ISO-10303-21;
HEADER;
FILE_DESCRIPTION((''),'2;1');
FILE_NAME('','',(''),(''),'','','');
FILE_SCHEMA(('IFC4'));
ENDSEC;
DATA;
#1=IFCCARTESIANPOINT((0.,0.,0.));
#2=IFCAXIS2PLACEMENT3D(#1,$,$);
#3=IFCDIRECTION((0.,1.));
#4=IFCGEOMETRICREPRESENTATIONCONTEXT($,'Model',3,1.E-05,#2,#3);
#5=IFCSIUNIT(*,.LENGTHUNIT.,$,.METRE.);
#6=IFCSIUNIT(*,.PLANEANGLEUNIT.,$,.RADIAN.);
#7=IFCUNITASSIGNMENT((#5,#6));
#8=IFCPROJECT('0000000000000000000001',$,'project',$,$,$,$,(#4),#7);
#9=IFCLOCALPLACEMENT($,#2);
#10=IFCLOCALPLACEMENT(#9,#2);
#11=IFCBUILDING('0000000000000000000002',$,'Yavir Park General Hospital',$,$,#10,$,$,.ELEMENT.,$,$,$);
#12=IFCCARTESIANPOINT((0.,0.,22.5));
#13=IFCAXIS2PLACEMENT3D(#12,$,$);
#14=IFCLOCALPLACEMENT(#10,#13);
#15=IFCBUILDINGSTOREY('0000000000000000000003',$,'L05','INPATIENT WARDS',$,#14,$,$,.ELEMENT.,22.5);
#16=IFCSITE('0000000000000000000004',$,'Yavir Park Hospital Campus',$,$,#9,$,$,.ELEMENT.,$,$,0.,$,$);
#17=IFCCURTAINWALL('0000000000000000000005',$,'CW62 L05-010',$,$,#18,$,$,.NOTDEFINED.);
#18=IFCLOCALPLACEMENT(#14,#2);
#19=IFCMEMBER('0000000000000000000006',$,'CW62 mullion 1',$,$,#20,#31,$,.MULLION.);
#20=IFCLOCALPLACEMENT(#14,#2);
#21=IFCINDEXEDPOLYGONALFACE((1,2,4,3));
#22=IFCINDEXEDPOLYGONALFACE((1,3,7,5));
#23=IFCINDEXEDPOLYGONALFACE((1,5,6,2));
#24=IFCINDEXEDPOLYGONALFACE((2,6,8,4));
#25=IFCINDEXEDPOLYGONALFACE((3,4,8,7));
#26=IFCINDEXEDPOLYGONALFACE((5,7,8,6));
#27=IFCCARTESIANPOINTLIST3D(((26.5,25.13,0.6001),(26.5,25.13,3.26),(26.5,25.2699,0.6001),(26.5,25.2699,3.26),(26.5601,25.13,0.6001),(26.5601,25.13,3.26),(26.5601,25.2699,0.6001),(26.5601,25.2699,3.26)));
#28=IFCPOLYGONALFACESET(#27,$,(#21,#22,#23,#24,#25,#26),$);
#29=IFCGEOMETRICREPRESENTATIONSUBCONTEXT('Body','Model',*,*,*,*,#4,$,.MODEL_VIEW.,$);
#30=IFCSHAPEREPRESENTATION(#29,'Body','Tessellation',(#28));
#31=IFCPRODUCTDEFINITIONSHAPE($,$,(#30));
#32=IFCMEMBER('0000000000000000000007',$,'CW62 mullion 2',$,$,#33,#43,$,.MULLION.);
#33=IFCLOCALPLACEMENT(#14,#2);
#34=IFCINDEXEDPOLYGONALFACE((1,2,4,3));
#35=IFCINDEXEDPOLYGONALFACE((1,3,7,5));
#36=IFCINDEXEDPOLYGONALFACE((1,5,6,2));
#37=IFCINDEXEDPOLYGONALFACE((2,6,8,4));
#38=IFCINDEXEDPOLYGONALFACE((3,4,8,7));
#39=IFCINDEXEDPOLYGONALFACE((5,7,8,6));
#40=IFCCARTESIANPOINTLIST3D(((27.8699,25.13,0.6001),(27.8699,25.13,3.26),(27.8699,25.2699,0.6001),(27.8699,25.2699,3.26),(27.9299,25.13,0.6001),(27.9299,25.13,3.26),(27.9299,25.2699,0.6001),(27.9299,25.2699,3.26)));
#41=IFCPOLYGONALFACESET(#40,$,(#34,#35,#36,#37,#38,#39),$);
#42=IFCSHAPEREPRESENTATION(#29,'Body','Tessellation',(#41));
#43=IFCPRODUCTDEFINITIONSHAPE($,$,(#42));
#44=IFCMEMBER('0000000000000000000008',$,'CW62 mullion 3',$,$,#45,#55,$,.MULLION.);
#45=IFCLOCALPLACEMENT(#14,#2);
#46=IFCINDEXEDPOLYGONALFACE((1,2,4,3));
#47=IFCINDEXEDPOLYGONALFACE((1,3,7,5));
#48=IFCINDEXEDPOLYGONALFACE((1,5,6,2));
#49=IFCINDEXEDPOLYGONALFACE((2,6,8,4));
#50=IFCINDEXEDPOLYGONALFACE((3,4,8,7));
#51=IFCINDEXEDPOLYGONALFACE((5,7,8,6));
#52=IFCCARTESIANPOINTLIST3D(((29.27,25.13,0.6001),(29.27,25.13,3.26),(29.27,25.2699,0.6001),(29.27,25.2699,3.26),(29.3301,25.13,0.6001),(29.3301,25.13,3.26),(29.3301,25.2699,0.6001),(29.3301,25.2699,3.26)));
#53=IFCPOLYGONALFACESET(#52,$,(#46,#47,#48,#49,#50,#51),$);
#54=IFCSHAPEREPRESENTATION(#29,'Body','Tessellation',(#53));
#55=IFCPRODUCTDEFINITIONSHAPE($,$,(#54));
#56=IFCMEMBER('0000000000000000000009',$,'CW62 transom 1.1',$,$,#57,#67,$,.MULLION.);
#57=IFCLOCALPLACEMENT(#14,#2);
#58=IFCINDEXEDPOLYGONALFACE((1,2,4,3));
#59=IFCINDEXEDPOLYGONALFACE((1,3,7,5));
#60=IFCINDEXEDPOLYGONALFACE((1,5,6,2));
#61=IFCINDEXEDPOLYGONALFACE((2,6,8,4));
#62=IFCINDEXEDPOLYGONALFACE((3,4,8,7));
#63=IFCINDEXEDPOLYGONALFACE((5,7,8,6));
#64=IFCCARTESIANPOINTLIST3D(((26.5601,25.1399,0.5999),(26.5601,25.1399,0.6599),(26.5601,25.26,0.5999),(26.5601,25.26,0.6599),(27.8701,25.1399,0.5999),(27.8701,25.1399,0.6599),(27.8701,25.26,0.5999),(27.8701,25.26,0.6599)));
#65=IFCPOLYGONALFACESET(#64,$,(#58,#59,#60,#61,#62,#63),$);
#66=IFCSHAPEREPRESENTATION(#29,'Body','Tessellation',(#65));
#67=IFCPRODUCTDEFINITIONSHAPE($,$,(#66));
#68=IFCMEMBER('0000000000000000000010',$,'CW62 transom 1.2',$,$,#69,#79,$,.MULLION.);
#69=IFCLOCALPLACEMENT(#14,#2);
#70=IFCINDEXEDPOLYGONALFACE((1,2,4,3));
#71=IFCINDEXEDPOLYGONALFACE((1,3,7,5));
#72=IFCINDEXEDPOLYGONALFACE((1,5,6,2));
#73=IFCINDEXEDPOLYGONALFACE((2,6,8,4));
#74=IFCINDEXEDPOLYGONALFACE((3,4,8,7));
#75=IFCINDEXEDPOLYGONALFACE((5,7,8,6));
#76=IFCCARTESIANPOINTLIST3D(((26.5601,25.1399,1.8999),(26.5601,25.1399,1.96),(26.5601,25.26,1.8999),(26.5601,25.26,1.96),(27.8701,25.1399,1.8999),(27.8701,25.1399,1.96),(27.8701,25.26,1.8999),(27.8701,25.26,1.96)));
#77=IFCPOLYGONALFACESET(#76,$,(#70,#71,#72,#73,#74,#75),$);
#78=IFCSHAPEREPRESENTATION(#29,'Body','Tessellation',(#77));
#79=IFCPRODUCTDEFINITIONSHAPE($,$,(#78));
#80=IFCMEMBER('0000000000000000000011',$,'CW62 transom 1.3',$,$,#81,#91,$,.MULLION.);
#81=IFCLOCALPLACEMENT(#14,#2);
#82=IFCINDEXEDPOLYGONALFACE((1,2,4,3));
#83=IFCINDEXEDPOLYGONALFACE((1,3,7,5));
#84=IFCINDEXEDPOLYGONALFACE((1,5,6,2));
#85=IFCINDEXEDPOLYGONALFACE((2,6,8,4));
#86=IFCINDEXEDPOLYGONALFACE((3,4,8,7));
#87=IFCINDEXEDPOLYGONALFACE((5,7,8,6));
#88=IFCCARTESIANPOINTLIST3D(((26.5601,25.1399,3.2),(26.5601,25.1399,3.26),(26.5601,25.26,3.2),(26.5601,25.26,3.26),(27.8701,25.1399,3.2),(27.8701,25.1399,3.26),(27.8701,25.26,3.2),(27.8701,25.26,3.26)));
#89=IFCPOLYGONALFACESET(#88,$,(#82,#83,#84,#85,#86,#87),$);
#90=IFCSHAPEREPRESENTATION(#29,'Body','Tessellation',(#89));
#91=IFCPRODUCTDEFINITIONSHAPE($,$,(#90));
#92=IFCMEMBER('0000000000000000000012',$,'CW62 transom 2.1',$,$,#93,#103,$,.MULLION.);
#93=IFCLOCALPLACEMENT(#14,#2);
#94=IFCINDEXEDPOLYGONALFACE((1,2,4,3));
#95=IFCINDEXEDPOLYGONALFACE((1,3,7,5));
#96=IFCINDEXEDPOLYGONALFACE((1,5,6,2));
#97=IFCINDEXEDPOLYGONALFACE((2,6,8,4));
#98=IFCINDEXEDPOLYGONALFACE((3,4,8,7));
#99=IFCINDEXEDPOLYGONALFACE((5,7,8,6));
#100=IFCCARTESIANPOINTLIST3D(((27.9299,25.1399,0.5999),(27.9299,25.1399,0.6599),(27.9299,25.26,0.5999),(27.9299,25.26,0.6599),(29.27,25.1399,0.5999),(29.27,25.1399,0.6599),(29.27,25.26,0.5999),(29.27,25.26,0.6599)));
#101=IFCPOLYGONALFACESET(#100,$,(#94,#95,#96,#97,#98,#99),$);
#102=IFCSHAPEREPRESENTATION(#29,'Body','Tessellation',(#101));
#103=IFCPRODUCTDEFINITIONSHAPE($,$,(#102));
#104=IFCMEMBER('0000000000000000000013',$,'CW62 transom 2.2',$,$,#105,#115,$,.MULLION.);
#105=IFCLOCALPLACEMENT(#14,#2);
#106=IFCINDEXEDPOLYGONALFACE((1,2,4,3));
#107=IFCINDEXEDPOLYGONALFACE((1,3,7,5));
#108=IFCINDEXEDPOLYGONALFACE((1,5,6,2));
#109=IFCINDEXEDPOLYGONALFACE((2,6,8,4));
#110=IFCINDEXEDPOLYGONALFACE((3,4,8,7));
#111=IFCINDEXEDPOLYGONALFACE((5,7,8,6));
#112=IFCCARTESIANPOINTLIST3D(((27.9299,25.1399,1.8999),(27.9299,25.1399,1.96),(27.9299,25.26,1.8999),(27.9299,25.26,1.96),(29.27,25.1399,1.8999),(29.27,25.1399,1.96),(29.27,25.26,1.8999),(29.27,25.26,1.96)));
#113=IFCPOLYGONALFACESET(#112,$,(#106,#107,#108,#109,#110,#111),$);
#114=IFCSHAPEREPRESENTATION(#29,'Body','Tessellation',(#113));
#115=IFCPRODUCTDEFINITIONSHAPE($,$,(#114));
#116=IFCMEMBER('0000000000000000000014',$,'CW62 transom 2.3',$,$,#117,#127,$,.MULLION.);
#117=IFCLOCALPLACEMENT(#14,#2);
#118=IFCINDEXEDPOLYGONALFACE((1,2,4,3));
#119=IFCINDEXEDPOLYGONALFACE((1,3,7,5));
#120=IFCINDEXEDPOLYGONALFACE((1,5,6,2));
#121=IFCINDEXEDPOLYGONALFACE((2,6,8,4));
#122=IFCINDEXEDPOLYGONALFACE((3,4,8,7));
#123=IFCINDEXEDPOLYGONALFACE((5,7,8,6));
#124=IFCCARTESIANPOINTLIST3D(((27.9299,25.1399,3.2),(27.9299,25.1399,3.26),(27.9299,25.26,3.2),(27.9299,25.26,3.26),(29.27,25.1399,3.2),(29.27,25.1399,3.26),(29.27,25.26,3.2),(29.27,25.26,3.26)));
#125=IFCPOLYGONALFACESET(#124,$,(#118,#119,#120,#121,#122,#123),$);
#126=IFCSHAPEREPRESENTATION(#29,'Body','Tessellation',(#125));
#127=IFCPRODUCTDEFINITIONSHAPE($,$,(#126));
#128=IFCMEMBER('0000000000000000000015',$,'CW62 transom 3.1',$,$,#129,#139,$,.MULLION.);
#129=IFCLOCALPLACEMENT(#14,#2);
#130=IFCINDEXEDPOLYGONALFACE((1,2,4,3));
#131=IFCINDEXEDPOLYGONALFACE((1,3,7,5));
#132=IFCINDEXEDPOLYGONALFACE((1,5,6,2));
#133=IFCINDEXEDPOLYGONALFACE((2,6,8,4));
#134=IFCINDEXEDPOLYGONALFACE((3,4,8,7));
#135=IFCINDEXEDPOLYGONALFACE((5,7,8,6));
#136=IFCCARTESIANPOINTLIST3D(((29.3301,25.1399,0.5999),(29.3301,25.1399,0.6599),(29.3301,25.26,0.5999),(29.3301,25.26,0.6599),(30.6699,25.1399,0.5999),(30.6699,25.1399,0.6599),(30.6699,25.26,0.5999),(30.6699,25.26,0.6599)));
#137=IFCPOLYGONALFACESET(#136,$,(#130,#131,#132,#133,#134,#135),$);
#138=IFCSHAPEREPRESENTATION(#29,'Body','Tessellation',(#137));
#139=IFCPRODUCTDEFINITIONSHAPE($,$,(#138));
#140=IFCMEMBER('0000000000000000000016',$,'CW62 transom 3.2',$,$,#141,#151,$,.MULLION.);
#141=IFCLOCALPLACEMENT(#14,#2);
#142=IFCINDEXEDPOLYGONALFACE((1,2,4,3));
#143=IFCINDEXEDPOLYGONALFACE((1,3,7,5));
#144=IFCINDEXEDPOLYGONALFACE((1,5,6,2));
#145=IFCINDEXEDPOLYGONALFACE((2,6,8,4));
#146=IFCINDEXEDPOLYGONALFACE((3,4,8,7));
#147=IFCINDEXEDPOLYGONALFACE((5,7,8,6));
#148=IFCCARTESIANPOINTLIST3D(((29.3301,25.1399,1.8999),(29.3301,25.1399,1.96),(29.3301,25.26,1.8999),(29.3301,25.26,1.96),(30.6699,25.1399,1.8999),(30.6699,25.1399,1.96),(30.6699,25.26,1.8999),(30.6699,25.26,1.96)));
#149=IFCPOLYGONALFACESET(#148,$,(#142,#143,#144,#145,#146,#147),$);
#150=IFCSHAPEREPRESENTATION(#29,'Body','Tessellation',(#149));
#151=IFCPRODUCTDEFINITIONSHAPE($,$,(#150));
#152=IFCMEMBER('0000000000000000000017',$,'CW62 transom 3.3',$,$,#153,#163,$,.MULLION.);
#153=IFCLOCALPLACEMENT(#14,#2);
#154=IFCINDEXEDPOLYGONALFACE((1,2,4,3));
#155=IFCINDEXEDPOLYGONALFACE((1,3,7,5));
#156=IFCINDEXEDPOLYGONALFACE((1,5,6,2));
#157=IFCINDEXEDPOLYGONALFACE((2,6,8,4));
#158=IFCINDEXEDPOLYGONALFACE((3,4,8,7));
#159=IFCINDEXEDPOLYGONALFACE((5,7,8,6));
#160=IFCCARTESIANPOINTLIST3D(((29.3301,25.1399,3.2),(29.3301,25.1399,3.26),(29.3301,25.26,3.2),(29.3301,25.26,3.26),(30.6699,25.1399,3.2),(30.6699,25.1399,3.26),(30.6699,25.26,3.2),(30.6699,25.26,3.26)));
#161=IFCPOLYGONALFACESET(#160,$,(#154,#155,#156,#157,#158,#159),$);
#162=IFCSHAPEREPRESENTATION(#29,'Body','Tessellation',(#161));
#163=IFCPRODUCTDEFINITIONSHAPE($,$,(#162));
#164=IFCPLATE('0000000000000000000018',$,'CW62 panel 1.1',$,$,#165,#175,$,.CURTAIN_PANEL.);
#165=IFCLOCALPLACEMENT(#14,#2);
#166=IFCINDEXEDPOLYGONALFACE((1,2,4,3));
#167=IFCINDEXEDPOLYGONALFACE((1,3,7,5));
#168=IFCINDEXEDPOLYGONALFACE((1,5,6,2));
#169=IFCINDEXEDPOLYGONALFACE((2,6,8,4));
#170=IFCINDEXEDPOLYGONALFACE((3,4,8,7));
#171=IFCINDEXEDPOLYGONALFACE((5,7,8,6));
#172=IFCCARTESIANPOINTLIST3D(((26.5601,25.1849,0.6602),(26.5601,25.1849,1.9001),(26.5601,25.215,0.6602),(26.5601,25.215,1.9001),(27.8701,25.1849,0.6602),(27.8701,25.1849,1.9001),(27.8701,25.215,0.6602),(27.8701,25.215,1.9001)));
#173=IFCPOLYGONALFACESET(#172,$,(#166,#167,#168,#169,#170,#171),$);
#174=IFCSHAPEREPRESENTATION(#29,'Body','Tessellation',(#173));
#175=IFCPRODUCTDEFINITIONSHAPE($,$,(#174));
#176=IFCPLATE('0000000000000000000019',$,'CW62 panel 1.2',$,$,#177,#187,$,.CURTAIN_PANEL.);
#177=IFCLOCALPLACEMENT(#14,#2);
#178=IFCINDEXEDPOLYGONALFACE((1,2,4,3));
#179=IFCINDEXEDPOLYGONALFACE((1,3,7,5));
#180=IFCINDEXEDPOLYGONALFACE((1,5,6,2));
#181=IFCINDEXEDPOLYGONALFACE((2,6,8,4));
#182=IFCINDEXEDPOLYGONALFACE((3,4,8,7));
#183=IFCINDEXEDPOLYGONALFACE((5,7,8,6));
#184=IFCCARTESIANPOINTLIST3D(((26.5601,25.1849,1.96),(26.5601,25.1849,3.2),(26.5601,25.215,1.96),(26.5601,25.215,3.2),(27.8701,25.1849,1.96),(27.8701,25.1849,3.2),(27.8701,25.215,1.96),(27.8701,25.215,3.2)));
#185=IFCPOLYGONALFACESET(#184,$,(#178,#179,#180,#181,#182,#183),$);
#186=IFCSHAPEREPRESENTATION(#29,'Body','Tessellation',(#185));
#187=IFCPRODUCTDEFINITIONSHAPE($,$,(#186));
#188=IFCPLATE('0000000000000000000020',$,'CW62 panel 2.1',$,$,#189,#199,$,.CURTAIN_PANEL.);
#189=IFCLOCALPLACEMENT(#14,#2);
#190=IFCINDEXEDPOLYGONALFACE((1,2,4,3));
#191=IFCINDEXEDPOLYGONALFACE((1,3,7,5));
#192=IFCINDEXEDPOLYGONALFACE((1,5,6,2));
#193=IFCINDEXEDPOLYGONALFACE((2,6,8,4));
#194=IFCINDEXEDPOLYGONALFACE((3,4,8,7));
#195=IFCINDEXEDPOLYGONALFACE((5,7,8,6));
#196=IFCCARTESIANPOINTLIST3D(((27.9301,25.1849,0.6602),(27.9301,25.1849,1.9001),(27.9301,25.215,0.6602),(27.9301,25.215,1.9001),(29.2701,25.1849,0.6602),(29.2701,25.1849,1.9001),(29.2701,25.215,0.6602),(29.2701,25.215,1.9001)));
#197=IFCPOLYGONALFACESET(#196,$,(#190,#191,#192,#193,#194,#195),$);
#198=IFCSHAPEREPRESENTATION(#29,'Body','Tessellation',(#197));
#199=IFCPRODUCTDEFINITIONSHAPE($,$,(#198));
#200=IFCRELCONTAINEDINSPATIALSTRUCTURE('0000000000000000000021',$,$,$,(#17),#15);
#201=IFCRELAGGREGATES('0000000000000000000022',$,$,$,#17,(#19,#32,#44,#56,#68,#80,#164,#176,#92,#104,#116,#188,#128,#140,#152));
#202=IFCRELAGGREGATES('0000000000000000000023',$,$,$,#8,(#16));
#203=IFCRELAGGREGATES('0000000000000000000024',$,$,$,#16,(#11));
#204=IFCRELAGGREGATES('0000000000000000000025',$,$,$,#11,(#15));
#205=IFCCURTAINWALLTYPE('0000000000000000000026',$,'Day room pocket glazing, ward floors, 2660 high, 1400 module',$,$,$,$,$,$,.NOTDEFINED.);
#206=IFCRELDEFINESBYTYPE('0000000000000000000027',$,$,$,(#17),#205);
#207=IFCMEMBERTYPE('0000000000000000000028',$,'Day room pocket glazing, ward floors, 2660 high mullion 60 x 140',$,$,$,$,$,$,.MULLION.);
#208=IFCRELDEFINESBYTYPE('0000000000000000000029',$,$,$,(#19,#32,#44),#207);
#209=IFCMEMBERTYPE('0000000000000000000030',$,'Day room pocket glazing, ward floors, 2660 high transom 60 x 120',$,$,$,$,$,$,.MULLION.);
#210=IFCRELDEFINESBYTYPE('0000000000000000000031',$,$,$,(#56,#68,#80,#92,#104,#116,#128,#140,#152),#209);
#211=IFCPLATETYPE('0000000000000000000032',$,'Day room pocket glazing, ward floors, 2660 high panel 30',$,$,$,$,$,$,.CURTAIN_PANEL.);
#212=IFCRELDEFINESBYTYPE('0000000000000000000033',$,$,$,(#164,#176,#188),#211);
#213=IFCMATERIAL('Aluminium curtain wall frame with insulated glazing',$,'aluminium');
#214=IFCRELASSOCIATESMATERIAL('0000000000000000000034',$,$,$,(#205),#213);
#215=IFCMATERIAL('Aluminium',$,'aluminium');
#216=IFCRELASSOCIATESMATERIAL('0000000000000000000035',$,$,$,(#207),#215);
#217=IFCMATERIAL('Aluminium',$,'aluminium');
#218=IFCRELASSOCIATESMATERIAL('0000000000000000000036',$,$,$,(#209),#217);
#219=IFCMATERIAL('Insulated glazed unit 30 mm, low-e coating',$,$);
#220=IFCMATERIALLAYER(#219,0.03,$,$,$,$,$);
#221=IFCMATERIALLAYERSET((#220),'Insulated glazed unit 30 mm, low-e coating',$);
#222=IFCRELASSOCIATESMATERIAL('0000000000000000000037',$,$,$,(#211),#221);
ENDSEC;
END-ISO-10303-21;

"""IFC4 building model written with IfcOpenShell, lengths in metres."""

from ifc_helpers import new_model, si_unit, direction, frame, origin, origin_2d, place, context, subcontext, project, spatial, rectangle, extrude, material, layer, layer_set, material_profile, profile_set, type_object, element, aggregate, save


model = new_model("IFC4")

# Units and contexts
model_context = context("Model", 3, precision=1e-05, world=origin(), true_north=direction((0.0, 1.0)))
body_context = subcontext(model_context, "Body", "Model", "MODEL_VIEW")
ifc_project = project(units=[si_unit("LENGTHUNIT", "METRE"), si_unit("PLANEANGLEUNIT", "RADIAN")], contexts=[model_context])

# Site, building, storey
site_placement = place(None, origin())
site = spatial("IfcSite", under=ifc_project, at=site_placement, Name="Yavir Park Hospital Campus", CompositionType="ELEMENT", RefElevation=0.0)
building_placement = place(site_placement, origin())
building = spatial("IfcBuilding", under=site, at=building_placement, Name="Yavir Park General Hospital", CompositionType="ELEMENT")
storey_placement = place(building_placement, frame((0.0, 0.0, 22.5)))
storey = spatial("IfcBuildingStorey", under=building, at=storey_placement, Name="L05", Description="INPATIENT WARDS", CompositionType="ELEMENT", Elevation=22.5)

# Curtain wall, members, plates
ifc_material_1 = material(Name="Aluminium curtain wall frame with insulated glazing", Category="aluminium")
curtain_wall_type = type_object("IfcCurtainWallType", Name="Day room pocket glazing, ward floors, 2660 high, 1400 module", PredefinedType="NOTDEFINED", material=ifc_material_1)
curtain_wall_placement = place(storey_placement, origin())
curtain_wall = element("IfcCurtainWall", 1, at=curtain_wall_placement, inside=storey, type_object=curtain_wall_type, Name="CW62 L05-010", PredefinedType="NOTDEFINED")
ifc_material_2 = material(Name="Aluminium", Category="aluminium")
ifc_material_profile_1 = material_profile(ifc_material_2, rectangle(XDim=0.1399, YDim=0.0601, at=origin_2d()), Name="AL 60x140")
ifc_profile_set_1 = profile_set([ifc_material_profile_1], Name="Aluminium")
member_type_1 = type_object("IfcMemberType", Name="Day room pocket glazing, ward floors, 2660 high mullion 60 x 140", PredefinedType="MULLION", material=ifc_profile_set_1)
member_1_placement = place(storey_placement, frame((26.53, 25.2, 0.6001), z_axis=(0.0, 0.0, 1.0), x_axis=(0.0, 1.0, 0.0)))
member_1 = element("IfcMember", 2, at=member_1_placement, type_object=member_type_1, Name="CW62 mullion 1", PredefinedType="MULLION", context=body_context, shape_type="SweptSolid", body=[
    extrude(rectangle(XDim=0.1399, YDim=0.0601, at=origin_2d()), origin(), (0.0, 0.0, 1.0), 2.6599),
])
member_2_placement = place(storey_placement, frame((27.8999, 25.2, 0.6001), z_axis=(0.0, 0.0, 1.0), x_axis=(0.0, 1.0, 0.0)))
member_2 = element("IfcMember", 3, at=member_2_placement, type_object=member_type_1, Name="CW62 mullion 2", PredefinedType="MULLION", context=body_context, shape_type="SweptSolid", body=[
    extrude(rectangle(XDim=0.1399, YDim=0.0601, at=origin_2d()), origin(), (0.0, 0.0, 1.0), 2.6599),
])
member_3_placement = place(storey_placement, frame((29.3, 25.2, 0.6001), z_axis=(0.0, 0.0, 1.0), x_axis=(0.0, 1.0, 0.0)))
member_3 = element("IfcMember", 4, at=member_3_placement, type_object=member_type_1, Name="CW62 mullion 3", PredefinedType="MULLION", context=body_context, shape_type="SweptSolid", body=[
    extrude(rectangle(XDim=0.1399, YDim=0.0601, at=origin_2d()), origin(), (0.0, 0.0, 1.0), 2.6599),
])
ifc_material_3 = material(Name="Aluminium", Category="aluminium")
ifc_material_profile_2 = material_profile(ifc_material_3, rectangle(XDim=0.1201, YDim=0.0601, at=origin_2d()), Name="AL 120x60")
ifc_profile_set_2 = profile_set([ifc_material_profile_2], Name="Aluminium")
member_type_2 = type_object("IfcMemberType", Name="Day room pocket glazing, ward floors, 2660 high transom 60 x 120", PredefinedType="MULLION", material=ifc_profile_set_2)
member_4_placement = place(storey_placement, frame((26.5601, 25.2, 0.6299), z_axis=(1.0, 0.0, 0.0), x_axis=(0.0, 1.0, 0.0)))
member_4 = element("IfcMember", 5, at=member_4_placement, type_object=member_type_2, Name="CW62 transom 1.1", PredefinedType="MULLION", context=body_context, shape_type="SweptSolid", body=[
    extrude(rectangle(XDim=0.1201, YDim=0.0601, at=origin_2d()), origin(), (0.0, 0.0, 1.0), 1.3101),
])
member_5_placement = place(storey_placement, frame((26.5601, 25.2, 1.9299), z_axis=(1.0, 0.0, 0.0), x_axis=(0.0, 1.0, 0.0)))
member_5 = element("IfcMember", 6, at=member_5_placement, type_object=member_type_2, Name="CW62 transom 1.2", PredefinedType="MULLION", context=body_context, shape_type="SweptSolid", body=[
    extrude(rectangle(XDim=0.1201, YDim=0.0601, at=origin_2d()), origin(), (0.0, 0.0, 1.0), 1.3101),
])
member_6_placement = place(storey_placement, frame((26.5601, 25.2, 3.23), z_axis=(1.0, 0.0, 0.0), x_axis=(0.0, 1.0, 0.0)))
member_6 = element("IfcMember", 7, at=member_6_placement, type_object=member_type_2, Name="CW62 transom 1.3", PredefinedType="MULLION", context=body_context, shape_type="SweptSolid", body=[
    extrude(rectangle(XDim=0.1201, YDim=0.0601, at=origin_2d()), origin(), (0.0, 0.0, 1.0), 1.3101),
])
member_7_placement = place(storey_placement, frame((27.9299, 25.2, 0.6299), z_axis=(1.0, 0.0, 0.0), x_axis=(0.0, 1.0, 0.0)))
member_7 = element("IfcMember", 8, at=member_7_placement, type_object=member_type_2, Name="CW62 transom 2.1", PredefinedType="MULLION", context=body_context, shape_type="SweptSolid", body=[
    extrude(rectangle(XDim=0.1201, YDim=0.0601, at=origin_2d()), origin(), (0.0, 0.0, 1.0), 1.3401),
])
member_8_placement = place(storey_placement, frame((27.9299, 25.2, 1.9299), z_axis=(1.0, 0.0, 0.0), x_axis=(0.0, 1.0, 0.0)))
member_8 = element("IfcMember", 9, at=member_8_placement, type_object=member_type_2, Name="CW62 transom 2.2", PredefinedType="MULLION", context=body_context, shape_type="SweptSolid", body=[
    extrude(rectangle(XDim=0.1201, YDim=0.0601, at=origin_2d()), origin(), (0.0, 0.0, 1.0), 1.3401),
])
member_9_placement = place(storey_placement, frame((27.9299, 25.2, 3.23), z_axis=(1.0, 0.0, 0.0), x_axis=(0.0, 1.0, 0.0)))
member_9 = element("IfcMember", 10, at=member_9_placement, type_object=member_type_2, Name="CW62 transom 2.3", PredefinedType="MULLION", context=body_context, shape_type="SweptSolid", body=[
    extrude(rectangle(XDim=0.1201, YDim=0.0601, at=origin_2d()), origin(), (0.0, 0.0, 1.0), 1.3401),
])
member_10_placement = place(storey_placement, frame((29.3301, 25.2, 0.6299), z_axis=(1.0, 0.0, 0.0), x_axis=(0.0, 1.0, 0.0)))
member_10 = element("IfcMember", 11, at=member_10_placement, type_object=member_type_2, Name="CW62 transom 3.1", PredefinedType="MULLION", context=body_context, shape_type="SweptSolid", body=[
    extrude(rectangle(XDim=0.1201, YDim=0.0601, at=origin_2d()), origin(), (0.0, 0.0, 1.0), 1.3398),
])
member_11_placement = place(storey_placement, frame((29.3301, 25.2, 1.9299), z_axis=(1.0, 0.0, 0.0), x_axis=(0.0, 1.0, 0.0)))
member_11 = element("IfcMember", 12, at=member_11_placement, type_object=member_type_2, Name="CW62 transom 3.2", PredefinedType="MULLION", context=body_context, shape_type="SweptSolid", body=[
    extrude(rectangle(XDim=0.1201, YDim=0.0601, at=origin_2d()), origin(), (0.0, 0.0, 1.0), 1.3398),
])
member_12_placement = place(storey_placement, frame((29.3301, 25.2, 3.23), z_axis=(1.0, 0.0, 0.0), x_axis=(0.0, 1.0, 0.0)))
member_12 = element("IfcMember", 13, at=member_12_placement, type_object=member_type_2, Name="CW62 transom 3.3", PredefinedType="MULLION", context=body_context, shape_type="SweptSolid", body=[
    extrude(rectangle(XDim=0.1201, YDim=0.0601, at=origin_2d()), origin(), (0.0, 0.0, 1.0), 1.3398),
])
ifc_material_4 = material(Name="Insulated glazed unit 30 mm, low-e coating")
ifc_layer_1 = layer(ifc_material_4, 0.03)
ifc_layer_set_1 = layer_set([ifc_layer_1], Name="Insulated glazed unit 30 mm, low-e coating")
plate_type = type_object("IfcPlateType", Name="Day room pocket glazing, ward floors, 2660 high panel 30", PredefinedType="CURTAIN_PANEL", material=ifc_layer_set_1)
plate_1_placement = place(storey_placement, frame((27.2151, 25.2, 0.6602), z_axis=(0.0, 0.0, 1.0), x_axis=(1.0, 0.0, 0.0)))
plate_1 = element("IfcPlate", 14, at=plate_1_placement, type_object=plate_type, Name="CW62 panel 1.1", PredefinedType="CURTAIN_PANEL", context=body_context, shape_type="SweptSolid", body=[
    extrude(rectangle(XDim=1.3101, YDim=0.03, at=origin_2d()), origin(), (0.0, 0.0, 1.0), 1.24),
])
plate_2_placement = place(storey_placement, frame((27.2151, 25.2, 1.96), z_axis=(0.0, 0.0, 1.0), x_axis=(1.0, 0.0, 0.0)))
plate_2 = element("IfcPlate", 15, at=plate_2_placement, type_object=plate_type, Name="CW62 panel 1.2", PredefinedType="CURTAIN_PANEL", context=body_context, shape_type="SweptSolid", body=[
    extrude(rectangle(XDim=1.3101, YDim=0.03, at=origin_2d()), origin(), (0.0, 0.0, 1.0), 1.24),
])
plate_3_placement = place(storey_placement, frame((28.6001, 25.2, 0.6602), z_axis=(0.0, 0.0, 1.0), x_axis=(1.0, 0.0, 0.0)))
plate_3 = element("IfcPlate", 16, at=plate_3_placement, type_object=plate_type, Name="CW62 panel 2.1", PredefinedType="CURTAIN_PANEL", context=body_context, shape_type="SweptSolid", body=[
    extrude(rectangle(XDim=1.3401, YDim=0.03, at=origin_2d()), origin(), (0.0, 0.0, 1.0), 1.24),
])
aggregate(curtain_wall, [member_1, member_2, member_3, member_4, member_5, member_6, plate_1, plate_2, member_7, member_8, member_9, plate_3, member_10, member_11, member_12])

save(model, "model.ifc")
